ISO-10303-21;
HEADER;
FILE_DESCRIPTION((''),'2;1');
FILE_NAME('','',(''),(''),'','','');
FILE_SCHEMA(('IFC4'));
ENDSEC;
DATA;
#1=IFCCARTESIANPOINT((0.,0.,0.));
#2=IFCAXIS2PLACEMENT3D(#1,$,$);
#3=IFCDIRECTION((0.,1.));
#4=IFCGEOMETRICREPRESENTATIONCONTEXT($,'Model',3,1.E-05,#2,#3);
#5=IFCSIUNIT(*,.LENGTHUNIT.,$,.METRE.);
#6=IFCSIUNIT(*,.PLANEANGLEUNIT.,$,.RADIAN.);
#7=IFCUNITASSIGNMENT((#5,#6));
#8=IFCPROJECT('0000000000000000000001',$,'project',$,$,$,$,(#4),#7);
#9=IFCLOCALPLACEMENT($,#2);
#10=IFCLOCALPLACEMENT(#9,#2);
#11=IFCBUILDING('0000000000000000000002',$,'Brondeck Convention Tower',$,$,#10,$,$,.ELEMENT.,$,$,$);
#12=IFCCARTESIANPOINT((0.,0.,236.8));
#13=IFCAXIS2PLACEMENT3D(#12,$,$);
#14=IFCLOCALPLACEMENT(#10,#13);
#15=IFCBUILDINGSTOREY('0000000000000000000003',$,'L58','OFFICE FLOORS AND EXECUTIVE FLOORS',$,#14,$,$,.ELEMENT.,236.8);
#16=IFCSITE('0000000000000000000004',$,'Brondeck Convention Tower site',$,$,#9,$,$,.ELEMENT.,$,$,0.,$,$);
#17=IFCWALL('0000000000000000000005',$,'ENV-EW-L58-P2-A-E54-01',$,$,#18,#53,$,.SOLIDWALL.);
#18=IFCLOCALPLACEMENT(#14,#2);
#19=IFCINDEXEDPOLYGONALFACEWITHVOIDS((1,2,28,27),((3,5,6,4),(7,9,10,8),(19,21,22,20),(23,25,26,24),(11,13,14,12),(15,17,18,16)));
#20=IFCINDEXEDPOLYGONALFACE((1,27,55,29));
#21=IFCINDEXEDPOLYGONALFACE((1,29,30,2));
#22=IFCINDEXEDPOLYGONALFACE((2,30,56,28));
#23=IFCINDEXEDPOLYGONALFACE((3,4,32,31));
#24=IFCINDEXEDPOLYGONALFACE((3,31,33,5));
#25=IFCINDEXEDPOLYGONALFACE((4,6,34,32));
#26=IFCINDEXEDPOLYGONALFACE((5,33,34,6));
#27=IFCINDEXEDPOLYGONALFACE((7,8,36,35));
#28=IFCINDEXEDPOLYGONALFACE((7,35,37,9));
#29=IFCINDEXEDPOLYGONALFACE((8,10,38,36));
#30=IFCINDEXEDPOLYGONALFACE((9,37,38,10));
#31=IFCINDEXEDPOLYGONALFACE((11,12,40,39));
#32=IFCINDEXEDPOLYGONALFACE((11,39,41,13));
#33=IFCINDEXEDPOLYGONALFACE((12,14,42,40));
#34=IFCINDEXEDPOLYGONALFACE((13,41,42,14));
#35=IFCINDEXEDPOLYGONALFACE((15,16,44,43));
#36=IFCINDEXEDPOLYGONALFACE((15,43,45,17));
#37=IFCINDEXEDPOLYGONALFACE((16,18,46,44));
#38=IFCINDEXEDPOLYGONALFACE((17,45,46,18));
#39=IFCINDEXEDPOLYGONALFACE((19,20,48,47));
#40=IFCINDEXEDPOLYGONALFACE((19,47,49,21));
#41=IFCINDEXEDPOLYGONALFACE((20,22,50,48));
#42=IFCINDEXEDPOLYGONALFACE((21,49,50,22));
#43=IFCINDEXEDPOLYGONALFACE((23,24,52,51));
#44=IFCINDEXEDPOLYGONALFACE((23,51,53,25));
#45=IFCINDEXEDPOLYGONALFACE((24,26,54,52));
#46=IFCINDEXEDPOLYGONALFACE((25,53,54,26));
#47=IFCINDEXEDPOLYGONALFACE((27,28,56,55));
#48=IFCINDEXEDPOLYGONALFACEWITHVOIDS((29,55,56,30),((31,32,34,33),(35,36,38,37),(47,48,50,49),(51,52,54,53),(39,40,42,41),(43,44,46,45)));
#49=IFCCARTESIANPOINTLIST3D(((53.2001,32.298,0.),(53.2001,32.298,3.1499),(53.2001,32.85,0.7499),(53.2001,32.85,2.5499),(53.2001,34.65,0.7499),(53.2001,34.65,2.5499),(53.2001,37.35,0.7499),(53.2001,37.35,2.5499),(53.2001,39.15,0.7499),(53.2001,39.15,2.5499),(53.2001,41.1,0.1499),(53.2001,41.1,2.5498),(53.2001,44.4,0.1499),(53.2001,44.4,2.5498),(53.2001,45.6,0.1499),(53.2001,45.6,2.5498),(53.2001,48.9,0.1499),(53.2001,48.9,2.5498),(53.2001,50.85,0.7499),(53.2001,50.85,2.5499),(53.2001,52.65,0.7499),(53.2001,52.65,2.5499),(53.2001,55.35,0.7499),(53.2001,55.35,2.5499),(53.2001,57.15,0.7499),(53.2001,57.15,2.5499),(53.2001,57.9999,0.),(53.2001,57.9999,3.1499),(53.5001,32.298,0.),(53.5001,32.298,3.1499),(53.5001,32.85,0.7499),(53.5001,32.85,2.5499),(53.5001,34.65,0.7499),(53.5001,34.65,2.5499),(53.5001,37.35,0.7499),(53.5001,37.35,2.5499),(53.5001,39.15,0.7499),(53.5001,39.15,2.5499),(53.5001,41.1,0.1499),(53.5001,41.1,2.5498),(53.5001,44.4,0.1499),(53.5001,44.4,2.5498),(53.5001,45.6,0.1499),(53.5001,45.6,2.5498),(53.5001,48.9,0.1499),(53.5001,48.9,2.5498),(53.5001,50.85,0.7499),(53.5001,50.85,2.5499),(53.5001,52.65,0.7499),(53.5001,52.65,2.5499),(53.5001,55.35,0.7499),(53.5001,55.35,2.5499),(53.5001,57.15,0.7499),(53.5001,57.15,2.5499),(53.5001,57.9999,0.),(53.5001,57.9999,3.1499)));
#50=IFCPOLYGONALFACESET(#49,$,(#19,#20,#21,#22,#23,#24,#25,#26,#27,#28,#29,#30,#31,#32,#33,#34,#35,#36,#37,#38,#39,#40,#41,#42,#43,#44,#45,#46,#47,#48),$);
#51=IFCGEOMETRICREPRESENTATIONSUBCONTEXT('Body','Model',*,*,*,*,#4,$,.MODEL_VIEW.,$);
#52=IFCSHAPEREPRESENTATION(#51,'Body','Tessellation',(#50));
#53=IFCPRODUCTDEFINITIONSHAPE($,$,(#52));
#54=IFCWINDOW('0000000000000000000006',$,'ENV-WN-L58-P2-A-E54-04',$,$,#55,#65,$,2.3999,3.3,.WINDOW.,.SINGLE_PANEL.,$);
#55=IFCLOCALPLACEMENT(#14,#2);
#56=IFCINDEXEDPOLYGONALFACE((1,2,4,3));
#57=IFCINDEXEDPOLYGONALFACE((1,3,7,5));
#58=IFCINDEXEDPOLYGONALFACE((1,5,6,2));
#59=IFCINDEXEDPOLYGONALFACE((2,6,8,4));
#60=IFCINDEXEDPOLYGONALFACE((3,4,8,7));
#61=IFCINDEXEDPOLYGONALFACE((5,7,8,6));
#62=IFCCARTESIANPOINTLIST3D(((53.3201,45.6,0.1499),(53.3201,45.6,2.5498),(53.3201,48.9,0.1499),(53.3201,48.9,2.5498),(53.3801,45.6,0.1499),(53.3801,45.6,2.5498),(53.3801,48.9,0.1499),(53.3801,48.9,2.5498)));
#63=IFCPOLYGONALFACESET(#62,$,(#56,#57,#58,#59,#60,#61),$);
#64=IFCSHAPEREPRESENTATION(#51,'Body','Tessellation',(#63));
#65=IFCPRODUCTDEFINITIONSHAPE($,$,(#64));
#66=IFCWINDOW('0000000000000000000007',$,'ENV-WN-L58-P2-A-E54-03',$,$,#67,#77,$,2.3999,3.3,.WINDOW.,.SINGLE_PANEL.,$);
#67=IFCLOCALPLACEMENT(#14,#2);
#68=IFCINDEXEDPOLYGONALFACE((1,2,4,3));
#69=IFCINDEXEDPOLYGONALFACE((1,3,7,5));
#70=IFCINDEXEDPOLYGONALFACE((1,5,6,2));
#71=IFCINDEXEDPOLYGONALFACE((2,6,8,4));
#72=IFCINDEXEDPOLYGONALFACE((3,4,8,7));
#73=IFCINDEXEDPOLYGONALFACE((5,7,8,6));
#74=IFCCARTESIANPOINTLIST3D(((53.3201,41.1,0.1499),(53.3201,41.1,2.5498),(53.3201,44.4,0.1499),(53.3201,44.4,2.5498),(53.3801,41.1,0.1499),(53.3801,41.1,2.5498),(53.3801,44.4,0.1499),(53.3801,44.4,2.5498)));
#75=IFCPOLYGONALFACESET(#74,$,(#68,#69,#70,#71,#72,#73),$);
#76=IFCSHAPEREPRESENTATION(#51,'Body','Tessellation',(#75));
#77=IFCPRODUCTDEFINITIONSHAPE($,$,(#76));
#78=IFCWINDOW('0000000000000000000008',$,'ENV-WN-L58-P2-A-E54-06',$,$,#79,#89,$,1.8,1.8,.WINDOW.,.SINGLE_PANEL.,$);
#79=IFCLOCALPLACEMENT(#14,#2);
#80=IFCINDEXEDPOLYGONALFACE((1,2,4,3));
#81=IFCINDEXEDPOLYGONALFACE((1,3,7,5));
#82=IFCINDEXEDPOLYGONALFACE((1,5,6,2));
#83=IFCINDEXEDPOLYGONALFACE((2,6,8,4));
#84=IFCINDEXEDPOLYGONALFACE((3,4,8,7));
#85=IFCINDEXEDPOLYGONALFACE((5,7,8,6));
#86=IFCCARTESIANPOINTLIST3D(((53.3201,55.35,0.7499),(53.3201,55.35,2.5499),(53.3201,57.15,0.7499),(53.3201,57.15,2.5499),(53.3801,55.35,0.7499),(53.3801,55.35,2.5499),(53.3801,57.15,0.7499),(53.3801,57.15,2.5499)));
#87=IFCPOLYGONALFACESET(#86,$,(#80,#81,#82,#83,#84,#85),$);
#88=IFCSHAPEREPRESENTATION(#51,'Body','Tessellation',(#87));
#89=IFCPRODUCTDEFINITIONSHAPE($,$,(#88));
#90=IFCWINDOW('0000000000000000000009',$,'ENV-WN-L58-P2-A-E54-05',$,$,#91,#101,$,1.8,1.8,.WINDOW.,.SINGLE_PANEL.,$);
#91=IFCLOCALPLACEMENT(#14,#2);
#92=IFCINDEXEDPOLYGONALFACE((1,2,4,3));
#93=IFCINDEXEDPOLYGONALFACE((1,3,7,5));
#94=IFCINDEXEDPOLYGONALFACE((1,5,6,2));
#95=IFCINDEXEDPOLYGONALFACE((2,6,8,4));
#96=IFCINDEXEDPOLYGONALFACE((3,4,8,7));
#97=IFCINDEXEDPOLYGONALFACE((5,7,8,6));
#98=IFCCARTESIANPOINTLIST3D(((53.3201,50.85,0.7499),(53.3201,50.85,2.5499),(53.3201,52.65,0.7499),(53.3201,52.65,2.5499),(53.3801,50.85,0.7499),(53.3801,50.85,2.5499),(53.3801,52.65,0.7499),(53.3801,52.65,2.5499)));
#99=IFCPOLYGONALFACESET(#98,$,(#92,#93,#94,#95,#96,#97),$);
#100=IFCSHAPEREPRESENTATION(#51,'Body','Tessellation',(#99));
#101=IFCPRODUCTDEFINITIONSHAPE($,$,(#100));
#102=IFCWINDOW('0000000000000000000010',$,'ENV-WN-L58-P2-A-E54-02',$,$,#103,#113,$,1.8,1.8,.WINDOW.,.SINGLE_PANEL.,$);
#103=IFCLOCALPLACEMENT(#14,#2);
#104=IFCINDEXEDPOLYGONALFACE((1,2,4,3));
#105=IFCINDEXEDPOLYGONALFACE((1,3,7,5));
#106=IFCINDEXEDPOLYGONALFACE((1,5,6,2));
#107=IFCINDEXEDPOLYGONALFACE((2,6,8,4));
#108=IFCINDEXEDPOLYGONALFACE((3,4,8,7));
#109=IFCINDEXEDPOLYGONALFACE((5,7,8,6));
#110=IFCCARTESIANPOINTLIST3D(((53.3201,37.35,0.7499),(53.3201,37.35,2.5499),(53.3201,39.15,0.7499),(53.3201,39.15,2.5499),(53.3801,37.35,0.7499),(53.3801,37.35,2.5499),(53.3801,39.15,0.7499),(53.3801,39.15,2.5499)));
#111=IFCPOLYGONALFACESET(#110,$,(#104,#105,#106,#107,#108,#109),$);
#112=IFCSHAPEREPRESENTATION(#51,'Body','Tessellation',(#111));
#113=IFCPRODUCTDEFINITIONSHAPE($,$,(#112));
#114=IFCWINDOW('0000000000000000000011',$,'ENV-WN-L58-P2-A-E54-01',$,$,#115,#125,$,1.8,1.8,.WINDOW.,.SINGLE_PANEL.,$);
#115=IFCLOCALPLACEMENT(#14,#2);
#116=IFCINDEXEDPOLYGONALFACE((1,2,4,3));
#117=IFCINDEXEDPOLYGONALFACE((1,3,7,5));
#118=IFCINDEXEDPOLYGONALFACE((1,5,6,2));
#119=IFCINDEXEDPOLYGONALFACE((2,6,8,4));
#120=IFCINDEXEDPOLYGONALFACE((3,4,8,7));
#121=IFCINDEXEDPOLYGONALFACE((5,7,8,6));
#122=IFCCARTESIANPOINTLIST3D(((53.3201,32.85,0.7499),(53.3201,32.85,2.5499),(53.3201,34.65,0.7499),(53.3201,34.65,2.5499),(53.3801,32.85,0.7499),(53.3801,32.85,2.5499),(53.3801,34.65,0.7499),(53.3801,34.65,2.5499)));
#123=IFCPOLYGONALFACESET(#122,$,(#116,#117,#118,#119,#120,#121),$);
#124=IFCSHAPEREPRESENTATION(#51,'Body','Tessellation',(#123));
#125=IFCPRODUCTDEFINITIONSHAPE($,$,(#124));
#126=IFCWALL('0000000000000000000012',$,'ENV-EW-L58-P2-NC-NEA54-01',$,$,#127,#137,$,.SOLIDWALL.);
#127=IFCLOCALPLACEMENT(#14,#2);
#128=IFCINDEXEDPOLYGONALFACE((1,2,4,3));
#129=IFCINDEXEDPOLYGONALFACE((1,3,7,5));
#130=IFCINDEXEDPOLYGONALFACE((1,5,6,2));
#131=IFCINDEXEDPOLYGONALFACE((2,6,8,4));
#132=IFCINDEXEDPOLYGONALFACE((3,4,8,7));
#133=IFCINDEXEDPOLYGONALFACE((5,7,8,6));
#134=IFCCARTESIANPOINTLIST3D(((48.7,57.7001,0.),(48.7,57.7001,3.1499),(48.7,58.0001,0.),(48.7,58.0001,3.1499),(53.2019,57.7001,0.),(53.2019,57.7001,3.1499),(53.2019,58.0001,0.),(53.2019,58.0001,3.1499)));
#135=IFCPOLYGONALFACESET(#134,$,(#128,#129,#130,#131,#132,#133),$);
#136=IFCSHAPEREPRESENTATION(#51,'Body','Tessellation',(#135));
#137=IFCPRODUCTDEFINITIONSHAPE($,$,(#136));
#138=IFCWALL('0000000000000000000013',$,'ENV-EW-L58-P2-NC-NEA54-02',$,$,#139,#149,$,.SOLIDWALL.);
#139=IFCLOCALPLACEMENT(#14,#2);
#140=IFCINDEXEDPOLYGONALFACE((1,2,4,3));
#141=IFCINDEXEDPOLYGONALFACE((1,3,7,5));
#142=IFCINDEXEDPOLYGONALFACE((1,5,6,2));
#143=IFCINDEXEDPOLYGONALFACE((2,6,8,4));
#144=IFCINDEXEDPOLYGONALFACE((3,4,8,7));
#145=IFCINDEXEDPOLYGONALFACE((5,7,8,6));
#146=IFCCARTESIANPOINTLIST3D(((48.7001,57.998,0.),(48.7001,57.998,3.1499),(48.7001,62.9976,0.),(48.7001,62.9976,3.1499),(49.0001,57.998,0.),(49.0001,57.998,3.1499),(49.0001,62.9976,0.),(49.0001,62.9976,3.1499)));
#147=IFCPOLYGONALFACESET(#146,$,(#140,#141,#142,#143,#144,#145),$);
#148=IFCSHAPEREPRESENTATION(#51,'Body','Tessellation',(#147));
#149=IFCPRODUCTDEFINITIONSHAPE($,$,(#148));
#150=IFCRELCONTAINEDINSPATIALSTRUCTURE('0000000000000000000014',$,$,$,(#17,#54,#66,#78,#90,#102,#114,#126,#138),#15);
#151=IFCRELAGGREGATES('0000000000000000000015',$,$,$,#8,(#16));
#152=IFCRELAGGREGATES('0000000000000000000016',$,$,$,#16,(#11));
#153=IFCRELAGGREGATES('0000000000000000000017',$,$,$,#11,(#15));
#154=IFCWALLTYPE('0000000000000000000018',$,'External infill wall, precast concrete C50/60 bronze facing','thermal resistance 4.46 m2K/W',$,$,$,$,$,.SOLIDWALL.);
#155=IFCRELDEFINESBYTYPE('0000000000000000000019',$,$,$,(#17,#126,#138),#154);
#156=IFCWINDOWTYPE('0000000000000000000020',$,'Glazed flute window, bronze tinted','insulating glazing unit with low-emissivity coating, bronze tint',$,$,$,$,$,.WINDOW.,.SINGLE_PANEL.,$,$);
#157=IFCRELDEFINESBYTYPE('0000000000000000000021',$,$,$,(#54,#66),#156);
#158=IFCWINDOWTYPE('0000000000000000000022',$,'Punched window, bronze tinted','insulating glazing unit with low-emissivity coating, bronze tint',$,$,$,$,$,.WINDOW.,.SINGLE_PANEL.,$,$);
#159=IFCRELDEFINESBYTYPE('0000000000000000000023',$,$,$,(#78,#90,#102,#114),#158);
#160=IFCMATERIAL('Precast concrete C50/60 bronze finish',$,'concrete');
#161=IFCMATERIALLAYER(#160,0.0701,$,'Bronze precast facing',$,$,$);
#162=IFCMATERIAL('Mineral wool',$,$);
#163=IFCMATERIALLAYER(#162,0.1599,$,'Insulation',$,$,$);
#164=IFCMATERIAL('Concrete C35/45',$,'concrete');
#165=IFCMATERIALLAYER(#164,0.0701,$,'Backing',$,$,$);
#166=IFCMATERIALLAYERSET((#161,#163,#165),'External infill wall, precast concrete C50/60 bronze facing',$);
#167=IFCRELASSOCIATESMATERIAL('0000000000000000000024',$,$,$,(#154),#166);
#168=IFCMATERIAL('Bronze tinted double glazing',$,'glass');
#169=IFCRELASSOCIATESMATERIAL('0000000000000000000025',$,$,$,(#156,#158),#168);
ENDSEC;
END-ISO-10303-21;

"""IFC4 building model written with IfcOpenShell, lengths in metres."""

from ifc_helpers import new_model, si_unit, direction, frame, frame_2d, origin, place, context, subcontext, project, spatial, rectangle, extrude, material, layer, layer_set, type_object, element, fill, save


model = new_model("IFC4")

# Units and contexts
model_context = context("Model", 3, precision=1e-05, world=origin(), true_north=direction((0.0, 1.0)))
body_context = subcontext(model_context, "Body", "Model", "MODEL_VIEW")
ifc_project = project(units=[si_unit("LENGTHUNIT", "METRE"), si_unit("PLANEANGLEUNIT", "RADIAN")], contexts=[model_context])

# Site, building, storey
site_placement = place(None, origin())
site = spatial("IfcSite", under=ifc_project, at=site_placement, Name="Brondeck Convention Tower site", CompositionType="ELEMENT", RefElevation=0.0)
building_placement = place(site_placement, origin())
building = spatial("IfcBuilding", under=site, at=building_placement, Name="Brondeck Convention Tower", CompositionType="ELEMENT")
storey_placement = place(building_placement, frame((0.0, 0.0, 236.8)))
storey = spatial("IfcBuildingStorey", under=building, at=storey_placement, Name="L58", Description="OFFICE FLOORS AND EXECUTIVE FLOORS", CompositionType="ELEMENT", Elevation=236.8)

# Wall, openings, windows
ifc_material_1 = material(Name="Precast concrete C50/60 bronze finish", Category="concrete")
ifc_layer_1 = layer(ifc_material_1, 0.0701, Name="Bronze precast facing")
ifc_material_2 = material(Name="Mineral wool")
ifc_layer_2 = layer(ifc_material_2, 0.1599, Name="Insulation")
ifc_material_3 = material(Name="Concrete C35/45", Category="concrete")
ifc_layer_3 = layer(ifc_material_3, 0.0701, Name="Backing")
ifc_layer_set_1 = layer_set([ifc_layer_1, ifc_layer_2, ifc_layer_3], Name="External infill wall, precast concrete C50/60 bronze facing")
wall_type_1 = type_object("IfcWallType", Name="External infill wall, precast concrete C50/60 bronze facing", Description="thermal resistance 4.46 m2K/W", PredefinedType="SOLIDWALL", material=ifc_layer_set_1)
wall_1_placement = place(storey_placement, frame((53.3501, 58.0, 0.0), z_axis=(0.0, 0.0, 1.0), x_axis=(0.0, -1.0, 0.0)))
wall_1 = element("IfcWall", 1, at=wall_1_placement, inside=storey, type_object=wall_type_1, Name="ENV-EW-L58-P2-A-E54-01", PredefinedType="SOLIDWALL", context=body_context, shape_type="SweptSolid", body=[
    extrude(rectangle(XDim=25.7019, YDim=0.3, at=frame_2d((12.8511, 0.0))), origin(), (0.0, 0.0, 1.0), 3.1499),
])
opening_1_placement = place(wall_1_placement, frame((0.8501, 0.0, 0.75)))
opening_1 = element("IfcOpeningElement", 2, at=opening_1_placement, cuts=wall_1, PredefinedType="OPENING", context=body_context, shape_type="SweptSolid", body=[
    extrude(rectangle(XDim=1.8, YDim=1.8, at=frame_2d((0.8999, 0.8999))), frame((0.0, 0.1599, 0.0), z_axis=(0.0, -1.0, 0.0), x_axis=(1.0, 0.0, 0.0)), (0.0, 0.0, 1.0), 0.3201),
])
opening_2_placement = place(wall_1_placement, frame((5.3501, 0.0, 0.75)))
opening_2 = element("IfcOpeningElement", 3, at=opening_2_placement, cuts=wall_1, PredefinedType="OPENING", context=body_context, shape_type="SweptSolid", body=[
    extrude(rectangle(XDim=1.8, YDim=1.8, at=frame_2d((0.8999, 0.8999))), frame((0.0, 0.1599, 0.0), z_axis=(0.0, -1.0, 0.0), x_axis=(1.0, 0.0, 0.0)), (0.0, 0.0, 1.0), 0.3201),
])
opening_3_placement = place(wall_1_placement, frame((9.1001, 0.0, 0.1499)))
opening_3 = element("IfcOpeningElement", 4, at=opening_3_placement, cuts=wall_1, PredefinedType="OPENING", context=body_context, shape_type="SweptSolid", body=[
    extrude(rectangle(XDim=3.3, YDim=2.3999, at=frame_2d((1.6499, 1.2))), frame((0.0, 0.1599, 0.0), z_axis=(0.0, -1.0, 0.0), x_axis=(1.0, 0.0, 0.0)), (0.0, 0.0, 1.0), 0.3201),
])
opening_4_placement = place(wall_1_placement, frame((13.6001, 0.0, 0.1499)))
opening_4 = element("IfcOpeningElement", 5, at=opening_4_placement, cuts=wall_1, PredefinedType="OPENING", context=body_context, shape_type="SweptSolid", body=[
    extrude(rectangle(XDim=3.3, YDim=2.3999, at=frame_2d((1.6499, 1.2))), frame((0.0, 0.1599, 0.0), z_axis=(0.0, -1.0, 0.0), x_axis=(1.0, 0.0, 0.0)), (0.0, 0.0, 1.0), 0.3201),
])
opening_5_placement = place(wall_1_placement, frame((18.8501, 0.0, 0.75)))
opening_5 = element("IfcOpeningElement", 6, at=opening_5_placement, cuts=wall_1, PredefinedType="OPENING", context=body_context, shape_type="SweptSolid", body=[
    extrude(rectangle(XDim=1.8, YDim=1.8, at=frame_2d((0.8999, 0.8999))), frame((0.0, 0.1599, 0.0), z_axis=(0.0, -1.0, 0.0), x_axis=(1.0, 0.0, 0.0)), (0.0, 0.0, 1.0), 0.3201),
])
opening_6_placement = place(wall_1_placement, frame((23.3501, 0.0, 0.75)))
opening_6 = element("IfcOpeningElement", 7, at=opening_6_placement, cuts=wall_1, PredefinedType="OPENING", context=body_context, shape_type="SweptSolid", body=[
    extrude(rectangle(XDim=1.8, YDim=1.8, at=frame_2d((0.8999, 0.8999))), frame((0.0, 0.1599, 0.0), z_axis=(0.0, -1.0, 0.0), x_axis=(1.0, 0.0, 0.0)), (0.0, 0.0, 1.0), 0.3201),
])
ifc_material_4 = material(Name="Bronze tinted double glazing", Category="glass")
window_type_1 = type_object("IfcWindowType", Name="Glazed flute window, bronze tinted", Description="insulating glazing unit with low-emissivity coating, bronze tint", PartitioningType="SINGLE_PANEL", PredefinedType="WINDOW", material=ifc_material_4)
window_1_placement = place(opening_3_placement, origin())
window_1 = element("IfcWindow", 8, at=window_1_placement, inside=storey, type_object=window_type_1, Name="ENV-WN-L58-P2-A-E54-04", OverallHeight=2.3999, OverallWidth=3.3, PartitioningType="SINGLE_PANEL", PredefinedType="WINDOW", context=body_context, shape_type="SweptSolid", body=[
    extrude(rectangle(XDim=3.3, YDim=2.3999, at=frame_2d((1.6499, 1.2))), frame((0.0, 0.03, 0.0), z_axis=(0.0, -1.0, 0.0), x_axis=(1.0, 0.0, 0.0)), (0.0, 0.0, 1.0), 0.0601),
])
fill(opening_3, window_1)
window_2_placement = place(opening_4_placement, origin())
window_2 = element("IfcWindow", 9, at=window_2_placement, inside=storey, type_object=window_type_1, Name="ENV-WN-L58-P2-A-E54-03", OverallHeight=2.3999, OverallWidth=3.3, PartitioningType="SINGLE_PANEL", PredefinedType="WINDOW", context=body_context, shape_type="SweptSolid", body=[
    extrude(rectangle(XDim=3.3, YDim=2.3999, at=frame_2d((1.6499, 1.2))), frame((0.0, 0.03, 0.0), z_axis=(0.0, -1.0, 0.0), x_axis=(1.0, 0.0, 0.0)), (0.0, 0.0, 1.0), 0.0601),
])
fill(opening_4, window_2)
window_type_2 = type_object("IfcWindowType", Name="Punched window, bronze tinted", Description="insulating glazing unit with low-emissivity coating, bronze tint", PartitioningType="SINGLE_PANEL", PredefinedType="WINDOW", material=ifc_material_4)
window_3_placement = place(opening_1_placement, origin())
window_3 = element("IfcWindow", 10, at=window_3_placement, inside=storey, type_object=window_type_2, Name="ENV-WN-L58-P2-A-E54-06", OverallHeight=1.8, OverallWidth=1.8, PartitioningType="SINGLE_PANEL", PredefinedType="WINDOW", context=body_context, shape_type="SweptSolid", body=[
    extrude(rectangle(XDim=1.8, YDim=1.8, at=frame_2d((0.8999, 0.8999))), frame((0.0, 0.03, 0.0), z_axis=(0.0, -1.0, 0.0), x_axis=(1.0, 0.0, 0.0)), (0.0, 0.0, 1.0), 0.0601),
])
fill(opening_1, window_3)
window_4_placement = place(opening_2_placement, origin())
window_4 = element("IfcWindow", 11, at=window_4_placement, inside=storey, type_object=window_type_2, Name="ENV-WN-L58-P2-A-E54-05", OverallHeight=1.8, OverallWidth=1.8, PartitioningType="SINGLE_PANEL", PredefinedType="WINDOW", context=body_context, shape_type="SweptSolid", body=[
    extrude(rectangle(XDim=1.8, YDim=1.8, at=frame_2d((0.8999, 0.8999))), frame((0.0, 0.03, 0.0), z_axis=(0.0, -1.0, 0.0), x_axis=(1.0, 0.0, 0.0)), (0.0, 0.0, 1.0), 0.0601),
])
fill(opening_2, window_4)
window_5_placement = place(opening_5_placement, origin())
window_5 = element("IfcWindow", 12, at=window_5_placement, inside=storey, type_object=window_type_2, Name="ENV-WN-L58-P2-A-E54-02", OverallHeight=1.8, OverallWidth=1.8, PartitioningType="SINGLE_PANEL", PredefinedType="WINDOW", context=body_context, shape_type="SweptSolid", body=[
    extrude(rectangle(XDim=1.8, YDim=1.8, at=frame_2d((0.8999, 0.8999))), frame((0.0, 0.03, 0.0), z_axis=(0.0, -1.0, 0.0), x_axis=(1.0, 0.0, 0.0)), (0.0, 0.0, 1.0), 0.0601),
])
fill(opening_5, window_5)
window_6_placement = place(opening_6_placement, origin())
window_6 = element("IfcWindow", 13, at=window_6_placement, inside=storey, type_object=window_type_2, Name="ENV-WN-L58-P2-A-E54-01", OverallHeight=1.8, OverallWidth=1.8, PartitioningType="SINGLE_PANEL", PredefinedType="WINDOW", context=body_context, shape_type="SweptSolid", body=[
    extrude(rectangle(XDim=1.8, YDim=1.8, at=frame_2d((0.8999, 0.8999))), frame((0.0, 0.03, 0.0), z_axis=(0.0, -1.0, 0.0), x_axis=(1.0, 0.0, 0.0)), (0.0, 0.0, 1.0), 0.0601),
])
fill(opening_6, window_6)

# Walls
wall_2_placement = place(storey_placement, frame((48.7, 57.8501, 0.0), z_axis=(0.0, 0.0, 1.0), x_axis=(1.0, 0.0, 0.0)))
element("IfcWall", 14, at=wall_2_placement, inside=storey, type_object=wall_type_1, Name="ENV-EW-L58-P2-NC-NEA54-01", PredefinedType="SOLIDWALL", context=body_context, shape_type="SweptSolid", body=[
    extrude(rectangle(XDim=4.502, YDim=0.3, at=frame_2d((2.251, 0.0))), origin(), (0.0, 0.0, 1.0), 3.1499),
])
wall_3_placement = place(storey_placement, frame((48.8501, 62.9976, 0.0), z_axis=(0.0, 0.0, 1.0), x_axis=(0.0, -1.0, 0.0)))
element("IfcWall", 15, at=wall_3_placement, inside=storey, type_object=wall_type_1, Name="ENV-EW-L58-P2-NC-NEA54-02", PredefinedType="SOLIDWALL", context=body_context, shape_type="SweptSolid", body=[
    extrude(rectangle(XDim=4.9995, YDim=0.3, at=frame_2d((2.4998, 0.0))), origin(), (0.0, 0.0, 1.0), 3.1499),
])

save(model, "model.ifc")
